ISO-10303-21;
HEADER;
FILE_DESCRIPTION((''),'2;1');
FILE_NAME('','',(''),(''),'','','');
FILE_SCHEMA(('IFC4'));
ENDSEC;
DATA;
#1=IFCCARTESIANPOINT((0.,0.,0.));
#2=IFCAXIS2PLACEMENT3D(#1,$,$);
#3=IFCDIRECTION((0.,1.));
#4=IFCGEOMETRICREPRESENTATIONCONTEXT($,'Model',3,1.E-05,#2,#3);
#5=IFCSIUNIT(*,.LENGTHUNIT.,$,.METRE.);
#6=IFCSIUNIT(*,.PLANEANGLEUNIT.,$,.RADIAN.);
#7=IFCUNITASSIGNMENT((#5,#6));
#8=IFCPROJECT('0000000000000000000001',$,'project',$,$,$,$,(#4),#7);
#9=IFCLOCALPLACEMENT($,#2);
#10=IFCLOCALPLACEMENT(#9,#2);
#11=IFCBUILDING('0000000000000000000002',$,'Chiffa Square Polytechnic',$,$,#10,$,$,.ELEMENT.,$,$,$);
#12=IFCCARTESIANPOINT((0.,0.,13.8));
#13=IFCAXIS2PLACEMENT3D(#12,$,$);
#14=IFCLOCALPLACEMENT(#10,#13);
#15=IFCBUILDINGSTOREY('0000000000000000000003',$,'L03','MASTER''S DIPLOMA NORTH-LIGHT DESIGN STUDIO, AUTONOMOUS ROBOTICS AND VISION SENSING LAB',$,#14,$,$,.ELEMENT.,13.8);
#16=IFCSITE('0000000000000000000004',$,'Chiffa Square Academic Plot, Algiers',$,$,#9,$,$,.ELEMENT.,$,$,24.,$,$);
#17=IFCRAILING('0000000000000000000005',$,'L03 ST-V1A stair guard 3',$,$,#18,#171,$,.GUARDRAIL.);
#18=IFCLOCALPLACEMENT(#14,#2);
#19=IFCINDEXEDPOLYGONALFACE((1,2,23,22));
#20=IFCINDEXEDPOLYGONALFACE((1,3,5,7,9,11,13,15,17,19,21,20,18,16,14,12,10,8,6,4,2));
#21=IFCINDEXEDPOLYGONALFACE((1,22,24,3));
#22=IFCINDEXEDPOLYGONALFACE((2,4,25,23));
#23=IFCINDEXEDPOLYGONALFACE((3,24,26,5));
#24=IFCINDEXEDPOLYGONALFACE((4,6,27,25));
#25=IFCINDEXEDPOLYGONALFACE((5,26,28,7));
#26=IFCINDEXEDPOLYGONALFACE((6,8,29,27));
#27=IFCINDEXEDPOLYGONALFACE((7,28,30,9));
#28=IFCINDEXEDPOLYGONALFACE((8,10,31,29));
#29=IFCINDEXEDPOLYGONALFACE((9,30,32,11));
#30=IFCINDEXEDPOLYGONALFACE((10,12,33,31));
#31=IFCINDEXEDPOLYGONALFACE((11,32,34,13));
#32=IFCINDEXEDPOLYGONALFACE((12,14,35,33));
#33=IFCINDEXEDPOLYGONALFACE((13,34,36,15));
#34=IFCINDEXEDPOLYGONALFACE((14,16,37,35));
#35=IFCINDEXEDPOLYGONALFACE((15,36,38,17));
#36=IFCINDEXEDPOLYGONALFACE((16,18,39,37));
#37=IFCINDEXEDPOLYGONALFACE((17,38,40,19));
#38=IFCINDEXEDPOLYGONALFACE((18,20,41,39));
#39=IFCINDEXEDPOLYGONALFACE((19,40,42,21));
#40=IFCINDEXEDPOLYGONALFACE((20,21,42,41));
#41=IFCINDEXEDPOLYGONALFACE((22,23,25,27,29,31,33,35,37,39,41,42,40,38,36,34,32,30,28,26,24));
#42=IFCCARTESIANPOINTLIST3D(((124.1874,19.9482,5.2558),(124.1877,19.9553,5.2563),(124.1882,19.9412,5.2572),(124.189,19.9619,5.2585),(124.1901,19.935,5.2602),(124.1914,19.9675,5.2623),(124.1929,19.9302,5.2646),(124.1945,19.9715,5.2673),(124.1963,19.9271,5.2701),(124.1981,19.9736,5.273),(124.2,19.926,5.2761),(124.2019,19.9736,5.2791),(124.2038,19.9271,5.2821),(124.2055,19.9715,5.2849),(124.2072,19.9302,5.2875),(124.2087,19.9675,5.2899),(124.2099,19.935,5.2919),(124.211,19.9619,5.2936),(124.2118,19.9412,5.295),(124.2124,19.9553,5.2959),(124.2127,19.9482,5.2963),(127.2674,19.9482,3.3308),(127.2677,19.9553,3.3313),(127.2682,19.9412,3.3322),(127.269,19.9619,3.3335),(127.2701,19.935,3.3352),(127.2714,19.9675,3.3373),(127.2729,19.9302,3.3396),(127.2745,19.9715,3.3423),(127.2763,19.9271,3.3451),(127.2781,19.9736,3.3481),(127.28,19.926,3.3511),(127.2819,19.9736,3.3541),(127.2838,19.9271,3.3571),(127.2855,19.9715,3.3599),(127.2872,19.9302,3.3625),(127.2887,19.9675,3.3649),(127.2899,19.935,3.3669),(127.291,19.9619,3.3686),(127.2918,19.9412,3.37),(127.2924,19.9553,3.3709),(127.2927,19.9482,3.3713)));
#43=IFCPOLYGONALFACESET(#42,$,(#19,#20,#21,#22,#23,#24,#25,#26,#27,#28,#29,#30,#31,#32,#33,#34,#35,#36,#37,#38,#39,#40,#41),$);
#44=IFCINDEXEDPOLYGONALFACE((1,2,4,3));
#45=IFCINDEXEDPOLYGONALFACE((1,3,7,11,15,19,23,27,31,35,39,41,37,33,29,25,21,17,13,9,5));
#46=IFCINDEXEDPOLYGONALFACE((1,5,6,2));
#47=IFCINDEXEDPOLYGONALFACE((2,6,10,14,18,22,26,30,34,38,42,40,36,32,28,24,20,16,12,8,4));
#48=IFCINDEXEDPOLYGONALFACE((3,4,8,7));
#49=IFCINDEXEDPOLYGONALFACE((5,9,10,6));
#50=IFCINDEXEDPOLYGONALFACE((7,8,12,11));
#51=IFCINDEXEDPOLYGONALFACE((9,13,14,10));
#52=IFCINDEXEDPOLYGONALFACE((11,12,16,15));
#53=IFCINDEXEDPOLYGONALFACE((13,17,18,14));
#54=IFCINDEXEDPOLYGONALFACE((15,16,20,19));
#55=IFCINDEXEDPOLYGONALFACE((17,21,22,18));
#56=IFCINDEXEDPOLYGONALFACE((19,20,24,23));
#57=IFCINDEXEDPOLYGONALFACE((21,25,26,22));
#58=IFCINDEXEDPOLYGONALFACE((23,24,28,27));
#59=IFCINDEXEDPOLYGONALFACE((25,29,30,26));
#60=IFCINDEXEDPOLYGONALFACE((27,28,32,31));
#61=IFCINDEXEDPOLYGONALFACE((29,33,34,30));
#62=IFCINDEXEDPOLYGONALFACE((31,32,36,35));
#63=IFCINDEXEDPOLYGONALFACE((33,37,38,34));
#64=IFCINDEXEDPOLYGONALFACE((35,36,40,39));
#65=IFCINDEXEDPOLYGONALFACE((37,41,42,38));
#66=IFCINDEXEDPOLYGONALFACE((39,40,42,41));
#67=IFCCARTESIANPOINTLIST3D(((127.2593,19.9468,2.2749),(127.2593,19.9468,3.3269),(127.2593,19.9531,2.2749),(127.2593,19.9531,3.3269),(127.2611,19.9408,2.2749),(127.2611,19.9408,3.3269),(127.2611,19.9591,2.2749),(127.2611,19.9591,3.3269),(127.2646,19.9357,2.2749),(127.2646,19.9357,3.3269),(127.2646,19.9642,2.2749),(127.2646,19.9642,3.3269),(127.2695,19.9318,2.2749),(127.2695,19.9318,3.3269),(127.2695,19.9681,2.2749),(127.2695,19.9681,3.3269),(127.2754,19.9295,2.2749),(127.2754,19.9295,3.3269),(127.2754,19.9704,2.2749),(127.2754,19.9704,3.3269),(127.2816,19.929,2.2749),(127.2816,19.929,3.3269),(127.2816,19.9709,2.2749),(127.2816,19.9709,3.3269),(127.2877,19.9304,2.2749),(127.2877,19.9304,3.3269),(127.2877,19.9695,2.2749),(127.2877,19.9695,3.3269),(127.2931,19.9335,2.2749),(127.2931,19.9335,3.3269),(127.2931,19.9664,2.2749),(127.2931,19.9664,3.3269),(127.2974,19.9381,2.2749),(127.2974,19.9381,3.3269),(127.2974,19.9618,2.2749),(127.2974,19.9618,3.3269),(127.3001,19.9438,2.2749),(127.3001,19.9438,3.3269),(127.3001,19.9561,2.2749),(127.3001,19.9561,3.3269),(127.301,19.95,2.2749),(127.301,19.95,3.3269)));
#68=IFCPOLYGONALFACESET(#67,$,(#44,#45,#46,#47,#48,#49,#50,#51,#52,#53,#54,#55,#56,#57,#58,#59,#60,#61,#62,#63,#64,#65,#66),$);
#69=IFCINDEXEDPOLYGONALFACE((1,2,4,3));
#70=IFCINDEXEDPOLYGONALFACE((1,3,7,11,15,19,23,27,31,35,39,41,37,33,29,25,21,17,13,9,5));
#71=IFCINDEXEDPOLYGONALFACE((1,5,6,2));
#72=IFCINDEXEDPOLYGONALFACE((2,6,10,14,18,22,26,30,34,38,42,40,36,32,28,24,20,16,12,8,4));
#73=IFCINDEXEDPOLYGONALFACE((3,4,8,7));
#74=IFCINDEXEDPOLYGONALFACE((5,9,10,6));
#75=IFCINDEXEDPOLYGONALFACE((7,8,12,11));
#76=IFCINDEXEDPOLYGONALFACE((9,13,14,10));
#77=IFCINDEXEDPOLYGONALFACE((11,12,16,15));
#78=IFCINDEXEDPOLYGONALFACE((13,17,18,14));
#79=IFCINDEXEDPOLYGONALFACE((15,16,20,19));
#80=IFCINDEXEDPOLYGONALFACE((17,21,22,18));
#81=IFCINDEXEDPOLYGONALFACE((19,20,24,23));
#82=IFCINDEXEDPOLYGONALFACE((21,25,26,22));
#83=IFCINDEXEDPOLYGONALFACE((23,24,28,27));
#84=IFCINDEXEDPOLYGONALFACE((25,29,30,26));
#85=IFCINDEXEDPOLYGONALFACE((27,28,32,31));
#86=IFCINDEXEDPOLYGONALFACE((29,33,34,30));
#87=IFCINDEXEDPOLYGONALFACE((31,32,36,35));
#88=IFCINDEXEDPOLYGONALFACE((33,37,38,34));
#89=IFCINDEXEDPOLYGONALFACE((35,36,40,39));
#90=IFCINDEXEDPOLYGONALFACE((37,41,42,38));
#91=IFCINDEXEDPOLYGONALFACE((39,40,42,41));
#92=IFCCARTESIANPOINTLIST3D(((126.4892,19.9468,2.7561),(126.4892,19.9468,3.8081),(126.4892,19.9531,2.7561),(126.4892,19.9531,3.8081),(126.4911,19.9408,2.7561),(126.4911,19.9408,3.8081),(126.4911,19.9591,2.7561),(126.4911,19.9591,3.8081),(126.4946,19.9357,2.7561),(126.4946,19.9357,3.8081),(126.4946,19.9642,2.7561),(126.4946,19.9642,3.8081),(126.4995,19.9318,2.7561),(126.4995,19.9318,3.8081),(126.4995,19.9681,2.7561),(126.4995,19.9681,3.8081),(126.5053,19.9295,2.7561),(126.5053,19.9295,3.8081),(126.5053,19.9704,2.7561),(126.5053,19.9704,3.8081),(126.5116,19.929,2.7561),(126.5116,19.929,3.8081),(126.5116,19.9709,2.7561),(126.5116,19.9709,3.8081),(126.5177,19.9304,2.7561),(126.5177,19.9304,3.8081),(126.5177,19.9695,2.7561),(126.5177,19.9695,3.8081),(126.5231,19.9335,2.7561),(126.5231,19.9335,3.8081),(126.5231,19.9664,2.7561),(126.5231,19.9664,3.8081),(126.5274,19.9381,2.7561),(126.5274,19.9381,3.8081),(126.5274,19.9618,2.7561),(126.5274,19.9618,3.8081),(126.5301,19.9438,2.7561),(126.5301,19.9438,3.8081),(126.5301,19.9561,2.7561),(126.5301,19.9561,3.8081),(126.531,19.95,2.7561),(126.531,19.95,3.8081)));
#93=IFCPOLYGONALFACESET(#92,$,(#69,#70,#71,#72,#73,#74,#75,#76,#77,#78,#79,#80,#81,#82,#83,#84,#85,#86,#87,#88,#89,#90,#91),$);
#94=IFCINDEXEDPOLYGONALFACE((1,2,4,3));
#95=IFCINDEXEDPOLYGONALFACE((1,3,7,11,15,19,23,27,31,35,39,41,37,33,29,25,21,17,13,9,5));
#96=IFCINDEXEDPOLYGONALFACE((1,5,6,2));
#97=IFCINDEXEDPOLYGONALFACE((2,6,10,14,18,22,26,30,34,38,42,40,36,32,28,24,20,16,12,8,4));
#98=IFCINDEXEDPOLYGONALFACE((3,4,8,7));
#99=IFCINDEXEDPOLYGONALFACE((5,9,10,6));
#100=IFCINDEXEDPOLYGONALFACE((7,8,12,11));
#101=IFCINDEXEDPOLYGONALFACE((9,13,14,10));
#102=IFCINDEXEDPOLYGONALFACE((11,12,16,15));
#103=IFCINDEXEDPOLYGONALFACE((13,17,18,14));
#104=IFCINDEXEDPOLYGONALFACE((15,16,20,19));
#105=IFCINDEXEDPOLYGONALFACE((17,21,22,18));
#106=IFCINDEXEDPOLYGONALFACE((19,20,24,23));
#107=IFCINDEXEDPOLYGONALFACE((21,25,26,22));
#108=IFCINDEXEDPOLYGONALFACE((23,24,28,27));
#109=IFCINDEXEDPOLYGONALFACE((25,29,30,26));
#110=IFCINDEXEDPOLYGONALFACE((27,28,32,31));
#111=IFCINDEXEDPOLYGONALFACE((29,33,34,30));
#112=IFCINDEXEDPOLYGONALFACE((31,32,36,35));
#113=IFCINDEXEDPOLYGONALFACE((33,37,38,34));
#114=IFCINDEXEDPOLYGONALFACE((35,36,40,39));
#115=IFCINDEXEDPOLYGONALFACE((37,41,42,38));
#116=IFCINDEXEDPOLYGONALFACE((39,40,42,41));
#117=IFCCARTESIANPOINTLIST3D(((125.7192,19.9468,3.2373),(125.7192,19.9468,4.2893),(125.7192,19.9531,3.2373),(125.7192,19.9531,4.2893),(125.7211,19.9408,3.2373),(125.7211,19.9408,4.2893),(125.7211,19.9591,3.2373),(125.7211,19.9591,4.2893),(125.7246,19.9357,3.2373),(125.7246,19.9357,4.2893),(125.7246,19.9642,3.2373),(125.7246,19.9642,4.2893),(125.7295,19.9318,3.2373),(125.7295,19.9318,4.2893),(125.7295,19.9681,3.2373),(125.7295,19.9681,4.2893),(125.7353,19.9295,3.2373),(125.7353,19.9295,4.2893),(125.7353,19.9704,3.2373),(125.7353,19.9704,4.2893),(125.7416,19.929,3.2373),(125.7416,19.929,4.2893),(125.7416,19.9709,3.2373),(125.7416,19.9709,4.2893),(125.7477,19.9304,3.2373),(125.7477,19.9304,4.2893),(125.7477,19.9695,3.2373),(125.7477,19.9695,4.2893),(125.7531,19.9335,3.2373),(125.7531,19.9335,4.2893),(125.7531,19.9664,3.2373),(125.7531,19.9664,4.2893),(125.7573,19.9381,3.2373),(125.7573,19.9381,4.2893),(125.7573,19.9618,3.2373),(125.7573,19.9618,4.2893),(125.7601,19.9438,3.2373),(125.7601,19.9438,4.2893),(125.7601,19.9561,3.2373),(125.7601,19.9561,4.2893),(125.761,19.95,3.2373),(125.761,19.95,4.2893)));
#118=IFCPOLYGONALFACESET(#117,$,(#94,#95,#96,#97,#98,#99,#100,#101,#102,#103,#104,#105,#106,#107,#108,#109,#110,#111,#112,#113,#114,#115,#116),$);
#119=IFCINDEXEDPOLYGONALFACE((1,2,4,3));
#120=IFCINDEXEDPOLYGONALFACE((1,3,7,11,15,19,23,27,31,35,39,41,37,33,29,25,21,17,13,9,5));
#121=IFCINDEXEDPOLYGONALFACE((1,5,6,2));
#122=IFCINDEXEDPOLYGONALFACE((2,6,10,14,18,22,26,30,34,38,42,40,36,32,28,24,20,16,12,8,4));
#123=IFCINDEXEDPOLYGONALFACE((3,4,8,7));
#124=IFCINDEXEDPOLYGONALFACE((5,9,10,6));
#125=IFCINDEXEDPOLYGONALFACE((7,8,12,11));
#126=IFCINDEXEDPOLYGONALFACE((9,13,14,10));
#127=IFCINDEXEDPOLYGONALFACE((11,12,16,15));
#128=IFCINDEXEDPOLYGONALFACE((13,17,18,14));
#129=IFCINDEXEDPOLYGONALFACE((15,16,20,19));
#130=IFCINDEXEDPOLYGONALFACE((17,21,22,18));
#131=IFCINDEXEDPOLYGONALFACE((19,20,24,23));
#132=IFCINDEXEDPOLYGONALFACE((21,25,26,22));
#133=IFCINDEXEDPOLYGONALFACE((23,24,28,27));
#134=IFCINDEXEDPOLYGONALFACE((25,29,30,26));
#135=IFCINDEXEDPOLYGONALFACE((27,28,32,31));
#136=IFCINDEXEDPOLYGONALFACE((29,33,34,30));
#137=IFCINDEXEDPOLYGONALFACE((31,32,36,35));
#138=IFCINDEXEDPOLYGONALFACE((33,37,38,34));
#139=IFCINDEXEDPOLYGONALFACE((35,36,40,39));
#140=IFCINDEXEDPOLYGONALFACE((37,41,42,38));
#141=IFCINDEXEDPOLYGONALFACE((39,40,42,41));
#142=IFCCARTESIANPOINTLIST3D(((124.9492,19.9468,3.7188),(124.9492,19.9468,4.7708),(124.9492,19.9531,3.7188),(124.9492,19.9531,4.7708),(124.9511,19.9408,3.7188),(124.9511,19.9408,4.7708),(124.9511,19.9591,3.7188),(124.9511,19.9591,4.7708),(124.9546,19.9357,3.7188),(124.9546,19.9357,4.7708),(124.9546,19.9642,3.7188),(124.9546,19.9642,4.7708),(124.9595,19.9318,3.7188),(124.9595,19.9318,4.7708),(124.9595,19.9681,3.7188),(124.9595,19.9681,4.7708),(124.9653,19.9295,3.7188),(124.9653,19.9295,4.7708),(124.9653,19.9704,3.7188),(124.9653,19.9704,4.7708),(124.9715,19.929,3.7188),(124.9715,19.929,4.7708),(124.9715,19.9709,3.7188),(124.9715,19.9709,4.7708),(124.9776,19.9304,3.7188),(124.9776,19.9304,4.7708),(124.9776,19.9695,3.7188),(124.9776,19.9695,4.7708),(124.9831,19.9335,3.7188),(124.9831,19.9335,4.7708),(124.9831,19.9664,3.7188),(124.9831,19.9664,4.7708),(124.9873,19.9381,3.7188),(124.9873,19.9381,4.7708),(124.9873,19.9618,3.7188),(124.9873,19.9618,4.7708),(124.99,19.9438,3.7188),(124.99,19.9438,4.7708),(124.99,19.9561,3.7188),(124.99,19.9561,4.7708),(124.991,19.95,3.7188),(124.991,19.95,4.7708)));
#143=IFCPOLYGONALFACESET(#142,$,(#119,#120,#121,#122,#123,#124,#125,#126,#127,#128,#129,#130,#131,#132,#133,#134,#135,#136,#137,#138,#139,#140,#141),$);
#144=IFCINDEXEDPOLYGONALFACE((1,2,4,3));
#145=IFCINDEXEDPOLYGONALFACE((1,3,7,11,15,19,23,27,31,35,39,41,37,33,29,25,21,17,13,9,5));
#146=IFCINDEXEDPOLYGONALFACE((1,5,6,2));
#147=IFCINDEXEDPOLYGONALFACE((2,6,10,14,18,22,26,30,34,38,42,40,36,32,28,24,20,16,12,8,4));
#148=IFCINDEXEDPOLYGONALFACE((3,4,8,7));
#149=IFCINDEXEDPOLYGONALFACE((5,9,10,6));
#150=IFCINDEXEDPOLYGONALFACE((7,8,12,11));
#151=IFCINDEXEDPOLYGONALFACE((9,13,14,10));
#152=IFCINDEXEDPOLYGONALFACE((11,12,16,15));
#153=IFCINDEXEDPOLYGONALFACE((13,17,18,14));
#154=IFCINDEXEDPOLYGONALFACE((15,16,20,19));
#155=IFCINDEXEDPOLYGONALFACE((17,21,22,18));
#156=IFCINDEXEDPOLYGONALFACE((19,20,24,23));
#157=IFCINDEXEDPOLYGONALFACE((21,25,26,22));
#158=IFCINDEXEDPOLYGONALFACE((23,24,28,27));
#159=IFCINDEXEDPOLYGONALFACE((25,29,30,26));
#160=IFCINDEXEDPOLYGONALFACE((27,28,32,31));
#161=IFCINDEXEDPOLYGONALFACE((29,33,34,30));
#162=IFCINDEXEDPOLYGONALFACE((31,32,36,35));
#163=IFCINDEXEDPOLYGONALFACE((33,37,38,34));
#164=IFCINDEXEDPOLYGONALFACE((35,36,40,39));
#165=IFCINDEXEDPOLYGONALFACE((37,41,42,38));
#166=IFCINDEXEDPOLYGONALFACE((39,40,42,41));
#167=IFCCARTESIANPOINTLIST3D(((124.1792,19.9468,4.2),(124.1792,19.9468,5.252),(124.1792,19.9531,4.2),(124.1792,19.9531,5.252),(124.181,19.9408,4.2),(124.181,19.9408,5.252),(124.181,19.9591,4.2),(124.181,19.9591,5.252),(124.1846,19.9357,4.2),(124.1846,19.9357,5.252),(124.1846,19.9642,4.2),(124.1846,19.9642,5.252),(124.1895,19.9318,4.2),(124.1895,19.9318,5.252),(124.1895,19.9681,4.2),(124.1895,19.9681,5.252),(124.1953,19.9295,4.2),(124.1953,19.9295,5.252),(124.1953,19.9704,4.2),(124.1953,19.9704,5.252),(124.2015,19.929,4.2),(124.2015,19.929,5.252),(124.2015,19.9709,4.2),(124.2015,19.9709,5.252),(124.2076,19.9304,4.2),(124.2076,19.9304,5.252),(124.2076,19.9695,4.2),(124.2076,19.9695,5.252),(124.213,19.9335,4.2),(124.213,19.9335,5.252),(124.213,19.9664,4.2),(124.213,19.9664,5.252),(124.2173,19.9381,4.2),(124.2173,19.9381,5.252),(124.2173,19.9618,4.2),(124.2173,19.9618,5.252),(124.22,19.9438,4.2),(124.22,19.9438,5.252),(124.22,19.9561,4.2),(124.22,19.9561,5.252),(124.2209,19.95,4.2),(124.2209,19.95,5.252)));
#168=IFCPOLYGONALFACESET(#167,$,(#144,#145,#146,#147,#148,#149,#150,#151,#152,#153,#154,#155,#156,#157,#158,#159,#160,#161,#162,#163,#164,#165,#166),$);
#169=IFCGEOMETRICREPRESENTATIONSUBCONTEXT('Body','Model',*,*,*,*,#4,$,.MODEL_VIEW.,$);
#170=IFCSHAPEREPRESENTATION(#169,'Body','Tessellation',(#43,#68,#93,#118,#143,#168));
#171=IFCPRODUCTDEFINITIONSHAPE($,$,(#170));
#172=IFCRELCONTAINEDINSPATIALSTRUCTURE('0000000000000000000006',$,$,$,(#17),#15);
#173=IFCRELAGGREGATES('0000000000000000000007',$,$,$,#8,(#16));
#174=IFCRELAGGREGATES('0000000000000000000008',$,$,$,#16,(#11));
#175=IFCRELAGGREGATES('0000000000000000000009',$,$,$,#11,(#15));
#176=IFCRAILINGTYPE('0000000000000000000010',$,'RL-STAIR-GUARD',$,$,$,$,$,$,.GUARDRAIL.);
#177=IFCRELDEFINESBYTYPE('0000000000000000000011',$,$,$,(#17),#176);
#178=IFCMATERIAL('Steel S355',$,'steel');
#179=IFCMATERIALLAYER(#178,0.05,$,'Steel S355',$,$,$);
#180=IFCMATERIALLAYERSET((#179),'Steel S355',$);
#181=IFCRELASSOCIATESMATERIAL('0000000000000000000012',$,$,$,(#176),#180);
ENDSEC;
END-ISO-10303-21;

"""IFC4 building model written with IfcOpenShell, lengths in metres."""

from ifc_helpers import new_model, si_unit, direction, frame, origin, origin_2d, place, context, subcontext, project, spatial, circle, extrude, material, layer, layer_set, type_object, element, save


model = new_model("IFC4")

# Units and contexts
model_context = context("Model", 3, precision=1e-05, world=origin(), true_north=direction((0.0, 1.0)))
body_context = subcontext(model_context, "Body", "Model", "MODEL_VIEW")
ifc_project = project(units=[si_unit("LENGTHUNIT", "METRE"), si_unit("PLANEANGLEUNIT", "RADIAN")], contexts=[model_context])

# Site, building, storey
site_placement = place(None, origin())
site = spatial("IfcSite", under=ifc_project, at=site_placement, Name="Chiffa Square Academic Plot, Algiers", CompositionType="ELEMENT", RefElevation=24.0)
building_placement = place(site_placement, origin())
building = spatial("IfcBuilding", under=site, at=building_placement, Name="Chiffa Square Polytechnic", CompositionType="ELEMENT")
storey_placement = place(building_placement, frame((0.0, 0.0, 13.8)))
storey = spatial("IfcBuildingStorey", under=building, at=storey_placement, Name="L03", Description="MASTER'S DIPLOMA NORTH-LIGHT DESIGN STUDIO, AUTONOMOUS ROBOTICS AND VISION SENSING LAB", CompositionType="ELEMENT", Elevation=13.8)

# Railing
ifc_material_1 = material(Name="Steel S355", Category="steel")
ifc_layer_1 = layer(ifc_material_1, 0.05, Name="Steel S355")
ifc_layer_set_1 = layer_set([ifc_layer_1], Name="Steel S355")
railing_type_1 = type_object("IfcRailingType", Name="RL-STAIR-GUARD", PredefinedType="GUARDRAIL", material=ifc_layer_set_1)
railing_1_placement = place(storey_placement, frame((127.28, 19.95, 2.2749)))
element("IfcRailing", 1, at=railing_1_placement, inside=storey, type_object=railing_type_1, Name="L03 ST-V1A stair guard 3", PredefinedType="GUARDRAIL", context=body_context, shape_type="SweptSolid", body=[
    extrude(circle(Radius=0.0239, at=origin_2d()), frame((0.0, 0.0, 1.0762), z_axis=(-0.847998, 0.0, 0.529999), x_axis=(0.0, -1.0, 0.0)), (0.0, 0.0, 1.0), 3.6321),
    extrude(circle(Radius=0.021, at=origin_2d()), origin(), (0.0, 0.0, 1.0), 1.052),
    extrude(circle(Radius=0.021, at=origin_2d()), frame((-0.77, 0.0, 0.4812)), (0.0, 0.0, 1.0), 1.052),
    extrude(circle(Radius=0.021, at=origin_2d()), frame((-1.54, 0.0, 0.9624)), (0.0, 0.0, 1.0), 1.052),
    extrude(circle(Radius=0.021, at=origin_2d()), frame((-2.3101, 0.0, 1.4438)), (0.0, 0.0, 1.0), 1.052),
    extrude(circle(Radius=0.021, at=origin_2d()), frame((-3.0801, 0.0, 1.925)), (0.0, 0.0, 1.0), 1.052),
])

save(model, "model.ifc")
